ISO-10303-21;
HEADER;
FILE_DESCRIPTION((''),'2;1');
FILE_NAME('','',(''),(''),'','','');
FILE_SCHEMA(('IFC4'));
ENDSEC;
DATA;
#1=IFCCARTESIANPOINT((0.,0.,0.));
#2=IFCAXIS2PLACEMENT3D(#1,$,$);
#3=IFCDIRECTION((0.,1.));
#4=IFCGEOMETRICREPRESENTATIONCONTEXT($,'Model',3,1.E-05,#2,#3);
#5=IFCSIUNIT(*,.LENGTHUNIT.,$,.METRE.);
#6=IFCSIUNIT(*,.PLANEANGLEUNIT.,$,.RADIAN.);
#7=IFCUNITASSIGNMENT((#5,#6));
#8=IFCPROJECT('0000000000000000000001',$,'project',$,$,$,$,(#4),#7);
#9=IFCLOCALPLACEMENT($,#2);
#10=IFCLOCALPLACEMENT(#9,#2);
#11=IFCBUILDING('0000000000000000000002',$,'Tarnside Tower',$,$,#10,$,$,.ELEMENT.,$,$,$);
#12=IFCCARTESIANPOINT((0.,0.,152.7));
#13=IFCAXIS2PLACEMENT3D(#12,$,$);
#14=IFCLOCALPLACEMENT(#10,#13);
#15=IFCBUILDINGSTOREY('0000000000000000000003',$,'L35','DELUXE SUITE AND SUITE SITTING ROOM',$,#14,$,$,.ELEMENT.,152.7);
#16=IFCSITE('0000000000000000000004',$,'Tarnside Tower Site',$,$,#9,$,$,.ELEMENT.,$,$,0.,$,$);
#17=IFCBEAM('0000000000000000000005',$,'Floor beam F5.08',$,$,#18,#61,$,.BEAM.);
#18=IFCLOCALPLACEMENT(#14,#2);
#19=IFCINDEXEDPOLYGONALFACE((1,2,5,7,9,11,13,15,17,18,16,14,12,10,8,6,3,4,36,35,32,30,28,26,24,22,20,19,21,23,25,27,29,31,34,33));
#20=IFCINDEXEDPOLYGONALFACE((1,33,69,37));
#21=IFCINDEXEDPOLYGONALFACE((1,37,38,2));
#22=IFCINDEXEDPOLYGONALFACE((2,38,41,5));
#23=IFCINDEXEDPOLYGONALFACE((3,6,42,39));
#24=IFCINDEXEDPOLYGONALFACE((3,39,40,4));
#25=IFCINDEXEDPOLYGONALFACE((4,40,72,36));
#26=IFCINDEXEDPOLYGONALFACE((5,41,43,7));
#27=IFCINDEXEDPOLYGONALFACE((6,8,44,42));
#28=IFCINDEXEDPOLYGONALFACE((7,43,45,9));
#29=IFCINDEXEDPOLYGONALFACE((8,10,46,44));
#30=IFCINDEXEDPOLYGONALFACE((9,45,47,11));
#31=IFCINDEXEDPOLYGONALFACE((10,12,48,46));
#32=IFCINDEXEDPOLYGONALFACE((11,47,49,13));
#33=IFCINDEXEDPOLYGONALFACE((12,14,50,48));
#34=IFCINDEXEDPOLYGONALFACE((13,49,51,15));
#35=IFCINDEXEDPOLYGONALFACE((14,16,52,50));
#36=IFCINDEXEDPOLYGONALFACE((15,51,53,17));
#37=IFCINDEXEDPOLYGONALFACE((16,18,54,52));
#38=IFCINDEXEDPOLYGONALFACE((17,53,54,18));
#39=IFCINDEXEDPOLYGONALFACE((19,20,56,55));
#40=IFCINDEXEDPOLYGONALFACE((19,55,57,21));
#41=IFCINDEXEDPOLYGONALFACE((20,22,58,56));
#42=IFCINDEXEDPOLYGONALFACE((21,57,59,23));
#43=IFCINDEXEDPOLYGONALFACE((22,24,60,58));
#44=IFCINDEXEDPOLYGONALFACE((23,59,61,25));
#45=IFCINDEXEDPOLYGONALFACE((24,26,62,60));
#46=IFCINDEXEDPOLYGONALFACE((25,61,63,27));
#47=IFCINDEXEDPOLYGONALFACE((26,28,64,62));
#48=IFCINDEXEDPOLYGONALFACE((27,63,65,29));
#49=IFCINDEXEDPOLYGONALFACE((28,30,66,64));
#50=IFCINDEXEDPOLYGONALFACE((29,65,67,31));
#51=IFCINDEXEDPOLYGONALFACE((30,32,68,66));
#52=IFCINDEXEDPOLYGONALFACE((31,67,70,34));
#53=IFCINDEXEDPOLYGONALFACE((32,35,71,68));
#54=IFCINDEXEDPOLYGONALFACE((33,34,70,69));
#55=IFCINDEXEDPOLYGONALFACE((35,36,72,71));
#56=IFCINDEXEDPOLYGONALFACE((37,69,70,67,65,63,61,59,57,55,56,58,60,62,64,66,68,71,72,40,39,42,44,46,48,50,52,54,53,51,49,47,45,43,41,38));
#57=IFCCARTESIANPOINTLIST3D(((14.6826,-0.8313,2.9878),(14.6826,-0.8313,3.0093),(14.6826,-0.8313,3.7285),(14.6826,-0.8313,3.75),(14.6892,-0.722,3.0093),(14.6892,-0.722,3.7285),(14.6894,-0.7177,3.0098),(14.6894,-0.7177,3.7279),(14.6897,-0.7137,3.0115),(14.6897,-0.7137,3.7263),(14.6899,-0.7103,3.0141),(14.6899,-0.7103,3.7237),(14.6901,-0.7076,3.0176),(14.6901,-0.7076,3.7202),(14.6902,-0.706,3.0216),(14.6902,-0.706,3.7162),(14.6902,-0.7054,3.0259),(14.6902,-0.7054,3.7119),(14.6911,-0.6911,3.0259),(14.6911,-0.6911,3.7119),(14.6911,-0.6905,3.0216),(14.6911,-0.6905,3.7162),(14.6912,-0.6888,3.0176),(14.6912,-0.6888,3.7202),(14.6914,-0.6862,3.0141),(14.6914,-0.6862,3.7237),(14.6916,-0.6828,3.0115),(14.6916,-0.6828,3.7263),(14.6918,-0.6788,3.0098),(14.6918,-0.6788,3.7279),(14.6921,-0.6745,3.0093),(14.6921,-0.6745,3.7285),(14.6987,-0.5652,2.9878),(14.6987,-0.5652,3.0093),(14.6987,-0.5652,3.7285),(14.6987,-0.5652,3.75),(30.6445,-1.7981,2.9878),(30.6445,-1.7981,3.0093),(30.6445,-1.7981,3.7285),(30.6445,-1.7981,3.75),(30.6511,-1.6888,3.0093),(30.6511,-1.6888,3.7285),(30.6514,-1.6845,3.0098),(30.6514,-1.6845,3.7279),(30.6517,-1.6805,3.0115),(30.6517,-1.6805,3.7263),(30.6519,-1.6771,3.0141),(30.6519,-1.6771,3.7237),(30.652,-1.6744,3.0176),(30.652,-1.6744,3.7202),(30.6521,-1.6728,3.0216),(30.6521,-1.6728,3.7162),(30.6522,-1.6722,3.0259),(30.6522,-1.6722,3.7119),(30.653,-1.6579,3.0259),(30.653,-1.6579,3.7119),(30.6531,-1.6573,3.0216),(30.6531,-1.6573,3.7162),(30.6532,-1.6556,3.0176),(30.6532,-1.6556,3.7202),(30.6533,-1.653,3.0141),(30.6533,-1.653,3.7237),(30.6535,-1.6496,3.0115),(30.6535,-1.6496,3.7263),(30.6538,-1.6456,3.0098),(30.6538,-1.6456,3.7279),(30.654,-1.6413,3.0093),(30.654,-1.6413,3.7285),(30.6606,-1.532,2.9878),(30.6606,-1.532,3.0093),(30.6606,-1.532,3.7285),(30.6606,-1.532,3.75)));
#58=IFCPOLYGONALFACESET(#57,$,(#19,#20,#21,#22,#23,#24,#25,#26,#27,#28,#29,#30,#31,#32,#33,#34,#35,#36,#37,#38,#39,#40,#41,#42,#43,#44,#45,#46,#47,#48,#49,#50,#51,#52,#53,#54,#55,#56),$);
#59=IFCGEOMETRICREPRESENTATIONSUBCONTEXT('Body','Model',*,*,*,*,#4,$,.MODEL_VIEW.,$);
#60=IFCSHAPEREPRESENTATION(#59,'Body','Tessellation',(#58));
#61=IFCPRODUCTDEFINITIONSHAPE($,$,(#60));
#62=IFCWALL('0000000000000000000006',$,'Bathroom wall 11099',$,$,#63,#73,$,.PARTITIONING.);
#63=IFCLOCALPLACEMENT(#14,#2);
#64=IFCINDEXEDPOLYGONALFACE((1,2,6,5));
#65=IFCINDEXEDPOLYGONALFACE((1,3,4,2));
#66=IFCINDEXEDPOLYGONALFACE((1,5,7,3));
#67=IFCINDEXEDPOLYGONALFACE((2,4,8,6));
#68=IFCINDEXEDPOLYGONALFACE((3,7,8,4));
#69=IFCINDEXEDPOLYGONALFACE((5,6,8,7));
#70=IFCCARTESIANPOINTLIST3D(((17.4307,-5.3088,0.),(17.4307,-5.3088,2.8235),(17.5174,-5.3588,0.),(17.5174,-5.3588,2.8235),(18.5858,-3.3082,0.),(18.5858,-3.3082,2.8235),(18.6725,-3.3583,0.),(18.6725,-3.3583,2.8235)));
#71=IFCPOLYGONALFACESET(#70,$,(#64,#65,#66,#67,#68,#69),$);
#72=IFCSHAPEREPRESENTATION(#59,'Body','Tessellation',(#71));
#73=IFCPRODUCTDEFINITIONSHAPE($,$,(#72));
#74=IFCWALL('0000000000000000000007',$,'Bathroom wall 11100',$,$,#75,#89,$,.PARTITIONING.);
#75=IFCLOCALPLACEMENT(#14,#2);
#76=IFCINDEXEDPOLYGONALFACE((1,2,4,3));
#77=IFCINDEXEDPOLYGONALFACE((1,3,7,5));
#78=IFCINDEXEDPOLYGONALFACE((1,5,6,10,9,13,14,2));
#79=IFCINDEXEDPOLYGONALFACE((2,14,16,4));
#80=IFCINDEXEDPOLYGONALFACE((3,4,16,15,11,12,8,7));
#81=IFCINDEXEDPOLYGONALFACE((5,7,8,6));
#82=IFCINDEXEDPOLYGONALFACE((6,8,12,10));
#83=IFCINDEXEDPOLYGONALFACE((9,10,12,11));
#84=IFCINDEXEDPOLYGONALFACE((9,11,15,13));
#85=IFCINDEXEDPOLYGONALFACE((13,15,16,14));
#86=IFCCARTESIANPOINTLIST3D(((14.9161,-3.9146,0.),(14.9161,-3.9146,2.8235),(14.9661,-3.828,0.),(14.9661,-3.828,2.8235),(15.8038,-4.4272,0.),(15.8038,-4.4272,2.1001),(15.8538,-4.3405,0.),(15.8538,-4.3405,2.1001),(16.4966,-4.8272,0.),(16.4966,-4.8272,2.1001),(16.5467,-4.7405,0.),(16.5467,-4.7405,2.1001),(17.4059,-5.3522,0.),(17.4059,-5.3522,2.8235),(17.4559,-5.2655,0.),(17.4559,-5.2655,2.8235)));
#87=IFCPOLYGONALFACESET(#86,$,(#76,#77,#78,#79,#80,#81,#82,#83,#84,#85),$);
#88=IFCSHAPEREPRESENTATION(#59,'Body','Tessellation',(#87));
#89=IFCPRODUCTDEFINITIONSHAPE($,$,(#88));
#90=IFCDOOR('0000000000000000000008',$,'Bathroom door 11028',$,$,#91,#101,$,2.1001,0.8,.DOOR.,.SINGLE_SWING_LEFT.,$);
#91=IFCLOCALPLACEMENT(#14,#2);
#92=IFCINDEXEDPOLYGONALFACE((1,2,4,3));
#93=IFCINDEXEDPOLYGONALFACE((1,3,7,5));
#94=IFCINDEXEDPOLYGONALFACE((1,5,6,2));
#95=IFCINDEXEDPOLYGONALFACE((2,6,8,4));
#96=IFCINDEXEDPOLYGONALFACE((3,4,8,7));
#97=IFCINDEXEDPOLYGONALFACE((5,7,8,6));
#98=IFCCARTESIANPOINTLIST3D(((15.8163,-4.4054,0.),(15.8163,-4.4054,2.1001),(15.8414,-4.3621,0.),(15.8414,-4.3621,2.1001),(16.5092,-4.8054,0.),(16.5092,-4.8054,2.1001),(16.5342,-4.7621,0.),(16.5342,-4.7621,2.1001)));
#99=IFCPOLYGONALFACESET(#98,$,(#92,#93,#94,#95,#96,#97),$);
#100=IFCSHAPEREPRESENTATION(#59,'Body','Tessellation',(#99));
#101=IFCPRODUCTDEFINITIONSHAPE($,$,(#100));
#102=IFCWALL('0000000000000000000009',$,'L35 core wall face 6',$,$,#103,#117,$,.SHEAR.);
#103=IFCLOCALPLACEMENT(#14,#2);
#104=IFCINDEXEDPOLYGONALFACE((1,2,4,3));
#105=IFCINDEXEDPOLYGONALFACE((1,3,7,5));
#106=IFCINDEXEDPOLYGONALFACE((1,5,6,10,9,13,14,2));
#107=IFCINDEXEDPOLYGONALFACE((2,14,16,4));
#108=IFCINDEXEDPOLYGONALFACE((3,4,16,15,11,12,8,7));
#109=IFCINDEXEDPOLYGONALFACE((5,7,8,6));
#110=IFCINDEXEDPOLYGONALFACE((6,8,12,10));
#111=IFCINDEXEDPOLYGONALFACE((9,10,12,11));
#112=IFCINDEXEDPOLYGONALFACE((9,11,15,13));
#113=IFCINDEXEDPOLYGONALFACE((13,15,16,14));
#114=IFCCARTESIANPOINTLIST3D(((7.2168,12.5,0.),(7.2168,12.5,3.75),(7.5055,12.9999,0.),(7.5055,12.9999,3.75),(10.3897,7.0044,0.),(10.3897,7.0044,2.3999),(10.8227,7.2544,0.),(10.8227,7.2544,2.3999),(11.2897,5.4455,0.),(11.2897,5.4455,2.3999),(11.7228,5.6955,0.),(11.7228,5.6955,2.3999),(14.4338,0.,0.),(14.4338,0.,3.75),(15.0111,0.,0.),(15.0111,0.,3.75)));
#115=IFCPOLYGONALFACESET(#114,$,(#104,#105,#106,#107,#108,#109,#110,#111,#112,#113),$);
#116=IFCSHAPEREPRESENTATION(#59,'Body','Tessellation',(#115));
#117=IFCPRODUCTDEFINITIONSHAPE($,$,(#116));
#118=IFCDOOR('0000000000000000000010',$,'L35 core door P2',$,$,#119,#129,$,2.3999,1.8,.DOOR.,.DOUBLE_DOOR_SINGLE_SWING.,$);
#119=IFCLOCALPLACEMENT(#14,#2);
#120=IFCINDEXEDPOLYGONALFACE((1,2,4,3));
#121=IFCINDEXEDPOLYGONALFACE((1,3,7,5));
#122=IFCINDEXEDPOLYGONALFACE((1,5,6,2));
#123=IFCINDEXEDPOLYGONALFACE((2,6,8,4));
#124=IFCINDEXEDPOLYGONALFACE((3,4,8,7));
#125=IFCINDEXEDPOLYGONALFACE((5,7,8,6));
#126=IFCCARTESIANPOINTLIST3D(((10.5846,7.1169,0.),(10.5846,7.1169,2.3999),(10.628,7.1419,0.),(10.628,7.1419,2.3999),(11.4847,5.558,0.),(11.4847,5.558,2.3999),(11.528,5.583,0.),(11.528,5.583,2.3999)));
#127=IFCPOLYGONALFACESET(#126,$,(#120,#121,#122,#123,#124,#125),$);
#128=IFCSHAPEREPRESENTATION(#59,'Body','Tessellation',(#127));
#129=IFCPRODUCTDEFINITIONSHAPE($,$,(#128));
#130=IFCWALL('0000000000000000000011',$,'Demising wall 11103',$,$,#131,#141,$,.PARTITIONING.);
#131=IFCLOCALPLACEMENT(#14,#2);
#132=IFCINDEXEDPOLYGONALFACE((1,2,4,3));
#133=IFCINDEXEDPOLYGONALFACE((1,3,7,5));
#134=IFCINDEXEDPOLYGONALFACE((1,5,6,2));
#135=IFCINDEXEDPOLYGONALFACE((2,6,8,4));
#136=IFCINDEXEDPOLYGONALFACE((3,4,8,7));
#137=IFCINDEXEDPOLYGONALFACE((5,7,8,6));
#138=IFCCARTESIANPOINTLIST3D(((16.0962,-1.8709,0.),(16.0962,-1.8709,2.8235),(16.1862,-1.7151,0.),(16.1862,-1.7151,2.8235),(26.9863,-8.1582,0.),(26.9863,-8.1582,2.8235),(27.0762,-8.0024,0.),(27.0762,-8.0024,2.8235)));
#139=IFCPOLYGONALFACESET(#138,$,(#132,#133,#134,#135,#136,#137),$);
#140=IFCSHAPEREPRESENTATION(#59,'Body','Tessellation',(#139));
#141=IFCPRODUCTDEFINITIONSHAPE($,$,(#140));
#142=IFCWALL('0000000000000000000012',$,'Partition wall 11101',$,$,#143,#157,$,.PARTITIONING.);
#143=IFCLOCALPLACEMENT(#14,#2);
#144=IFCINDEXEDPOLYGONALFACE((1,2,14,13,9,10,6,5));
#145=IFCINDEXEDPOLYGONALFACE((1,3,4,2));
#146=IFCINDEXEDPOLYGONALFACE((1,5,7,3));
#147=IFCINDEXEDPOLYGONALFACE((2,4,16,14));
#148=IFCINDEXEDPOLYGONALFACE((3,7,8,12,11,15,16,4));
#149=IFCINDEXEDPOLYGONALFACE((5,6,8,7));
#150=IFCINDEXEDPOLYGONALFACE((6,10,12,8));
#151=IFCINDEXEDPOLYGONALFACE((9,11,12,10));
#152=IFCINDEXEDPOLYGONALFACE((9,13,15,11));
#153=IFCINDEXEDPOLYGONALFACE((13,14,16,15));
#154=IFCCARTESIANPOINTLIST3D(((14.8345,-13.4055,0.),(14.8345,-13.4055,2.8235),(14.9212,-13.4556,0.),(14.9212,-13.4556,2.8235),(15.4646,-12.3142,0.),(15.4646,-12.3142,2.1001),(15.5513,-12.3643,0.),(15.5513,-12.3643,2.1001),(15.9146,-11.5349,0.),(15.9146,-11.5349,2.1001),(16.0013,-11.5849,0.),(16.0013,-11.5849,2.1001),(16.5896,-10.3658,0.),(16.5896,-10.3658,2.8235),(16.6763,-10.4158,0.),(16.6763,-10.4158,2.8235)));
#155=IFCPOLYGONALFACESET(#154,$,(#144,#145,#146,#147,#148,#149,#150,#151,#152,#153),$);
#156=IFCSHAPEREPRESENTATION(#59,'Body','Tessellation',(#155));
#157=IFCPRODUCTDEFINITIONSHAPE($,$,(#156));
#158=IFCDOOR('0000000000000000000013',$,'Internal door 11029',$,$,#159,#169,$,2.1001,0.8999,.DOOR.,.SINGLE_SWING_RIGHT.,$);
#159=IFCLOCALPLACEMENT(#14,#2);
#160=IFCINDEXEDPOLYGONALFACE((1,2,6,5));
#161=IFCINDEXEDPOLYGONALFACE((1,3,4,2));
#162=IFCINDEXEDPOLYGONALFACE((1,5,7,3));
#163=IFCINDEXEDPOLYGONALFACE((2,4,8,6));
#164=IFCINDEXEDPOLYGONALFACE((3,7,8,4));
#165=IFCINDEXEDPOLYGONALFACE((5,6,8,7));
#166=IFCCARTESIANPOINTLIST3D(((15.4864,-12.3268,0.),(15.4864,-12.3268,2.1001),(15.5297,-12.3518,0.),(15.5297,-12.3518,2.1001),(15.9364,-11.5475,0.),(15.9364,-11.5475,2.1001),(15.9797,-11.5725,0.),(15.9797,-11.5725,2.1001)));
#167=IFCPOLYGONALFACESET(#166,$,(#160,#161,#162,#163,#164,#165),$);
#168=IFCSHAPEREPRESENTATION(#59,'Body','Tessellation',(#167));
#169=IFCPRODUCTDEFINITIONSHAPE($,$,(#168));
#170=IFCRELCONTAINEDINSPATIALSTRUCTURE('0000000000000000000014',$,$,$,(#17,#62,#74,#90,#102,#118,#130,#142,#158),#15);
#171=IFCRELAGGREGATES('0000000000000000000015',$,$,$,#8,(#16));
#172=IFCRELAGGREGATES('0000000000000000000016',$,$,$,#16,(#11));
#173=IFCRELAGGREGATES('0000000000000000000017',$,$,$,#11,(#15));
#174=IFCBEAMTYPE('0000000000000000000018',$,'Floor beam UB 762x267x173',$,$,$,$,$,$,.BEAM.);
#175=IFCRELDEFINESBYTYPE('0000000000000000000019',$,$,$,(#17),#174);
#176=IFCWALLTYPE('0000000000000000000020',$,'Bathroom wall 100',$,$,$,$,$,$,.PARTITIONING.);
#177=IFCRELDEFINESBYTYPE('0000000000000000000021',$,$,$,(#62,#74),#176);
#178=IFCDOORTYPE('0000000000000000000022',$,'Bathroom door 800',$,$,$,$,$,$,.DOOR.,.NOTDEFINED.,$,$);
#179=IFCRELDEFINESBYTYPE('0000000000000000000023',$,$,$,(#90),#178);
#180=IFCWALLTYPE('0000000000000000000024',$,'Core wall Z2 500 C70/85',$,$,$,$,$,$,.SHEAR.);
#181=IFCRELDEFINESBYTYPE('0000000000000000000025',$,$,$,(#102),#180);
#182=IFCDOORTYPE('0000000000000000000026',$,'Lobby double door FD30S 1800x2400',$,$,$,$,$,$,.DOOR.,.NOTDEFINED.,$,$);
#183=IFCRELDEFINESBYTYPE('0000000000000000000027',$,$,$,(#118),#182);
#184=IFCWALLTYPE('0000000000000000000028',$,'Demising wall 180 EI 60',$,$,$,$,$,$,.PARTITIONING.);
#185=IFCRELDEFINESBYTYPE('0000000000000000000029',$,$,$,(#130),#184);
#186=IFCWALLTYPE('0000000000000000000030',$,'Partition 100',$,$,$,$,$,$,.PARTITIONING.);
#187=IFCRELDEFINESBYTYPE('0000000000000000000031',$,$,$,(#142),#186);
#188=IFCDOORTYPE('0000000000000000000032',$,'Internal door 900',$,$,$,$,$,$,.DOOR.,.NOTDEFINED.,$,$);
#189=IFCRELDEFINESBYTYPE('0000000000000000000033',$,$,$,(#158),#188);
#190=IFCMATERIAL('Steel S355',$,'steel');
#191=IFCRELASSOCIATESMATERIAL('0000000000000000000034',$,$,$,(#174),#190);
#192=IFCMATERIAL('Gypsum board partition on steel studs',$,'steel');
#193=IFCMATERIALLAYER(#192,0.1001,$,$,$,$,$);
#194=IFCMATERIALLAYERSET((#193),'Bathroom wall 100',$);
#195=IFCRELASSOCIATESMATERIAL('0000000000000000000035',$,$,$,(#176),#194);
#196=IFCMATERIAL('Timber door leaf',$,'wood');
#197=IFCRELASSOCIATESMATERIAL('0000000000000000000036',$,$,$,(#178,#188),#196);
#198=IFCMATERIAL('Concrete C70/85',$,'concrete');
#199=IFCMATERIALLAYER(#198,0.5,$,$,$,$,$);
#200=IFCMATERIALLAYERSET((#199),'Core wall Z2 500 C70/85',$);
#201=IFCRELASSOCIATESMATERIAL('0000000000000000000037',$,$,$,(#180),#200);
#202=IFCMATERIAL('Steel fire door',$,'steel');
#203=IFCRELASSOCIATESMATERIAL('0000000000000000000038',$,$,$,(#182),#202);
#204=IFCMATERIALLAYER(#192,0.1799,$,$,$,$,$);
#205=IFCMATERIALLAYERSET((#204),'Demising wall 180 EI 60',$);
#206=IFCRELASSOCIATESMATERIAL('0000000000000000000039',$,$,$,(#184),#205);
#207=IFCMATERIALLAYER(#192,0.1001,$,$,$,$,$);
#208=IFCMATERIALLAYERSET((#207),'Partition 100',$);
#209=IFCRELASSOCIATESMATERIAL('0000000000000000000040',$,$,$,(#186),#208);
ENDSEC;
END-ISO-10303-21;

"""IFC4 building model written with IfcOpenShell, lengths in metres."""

from ifc_helpers import new_model, si_unit, direction, frame, frame_2d, origin, origin_2d, place, context, subcontext, project, spatial, polyline, rectangle, i_section, outline, extrude, material, layer, layer_set, material_profile, profile_set, type_object, element, fill, save


model = new_model("IFC4")

# Units and contexts
model_context = context("Model", 3, precision=1e-05, world=origin(), true_north=direction((0.0, 1.0)))
body_context = subcontext(model_context, "Body", "Model", "MODEL_VIEW")
ifc_project = project(units=[si_unit("LENGTHUNIT", "METRE"), si_unit("PLANEANGLEUNIT", "RADIAN")], contexts=[model_context])

# Site, building, storey
site_placement = place(None, origin())
site = spatial("IfcSite", under=ifc_project, at=site_placement, Name="Tarnside Tower Site", CompositionType="ELEMENT", RefElevation=0.0)
building_placement = place(site_placement, origin())
building = spatial("IfcBuilding", under=site, at=building_placement, Name="Tarnside Tower", CompositionType="ELEMENT")
storey_placement = place(building_placement, frame((0.0, 0.0, 152.7)))
storey = spatial("IfcBuildingStorey", under=building, at=storey_placement, Name="L35", Description="DELUXE SUITE AND SUITE SITTING ROOM", CompositionType="ELEMENT", Elevation=152.7)

# Beam
ifc_material_1 = material(Name="Steel S355", Category="steel")
ifc_material_profile_1 = material_profile(ifc_material_1, i_section(OverallWidth=0.2666, OverallDepth=0.7622, WebThickness=0.0144, FlangeThickness=0.0215, FilletRadius=0.0166, at=origin_2d()), Name="UB 762x267x173")
ifc_profile_set_1 = profile_set([ifc_material_profile_1], Name="Steel S355")
beam_type_1 = type_object("IfcBeamType", Name="Floor beam UB 762x267x173", PredefinedType="BEAM", material=ifc_profile_set_1)
beam_1_placement = place(storey_placement, frame((30.6526, -1.665, 3.3689), z_axis=(-0.998171, 0.060458, 0.0), x_axis=(-0.060458, -0.998171, 0.0)))
element("IfcBeam", 1, at=beam_1_placement, inside=storey, type_object=beam_type_1, Name="Floor beam F5.08", PredefinedType="BEAM", context=body_context, shape_type="SweptSolid", body=[
    extrude(i_section(OverallWidth=0.2666, OverallDepth=0.7622, WebThickness=0.0144, FlangeThickness=0.0215, FilletRadius=0.0166, at=origin_2d()), origin(), (0.0, 0.0, 1.0), 15.9912),
])

# Wall
ifc_material_2 = material(Name="Gypsum board partition on steel studs", Category="steel")
ifc_layer_1 = layer(ifc_material_2, 0.1001)
ifc_layer_set_1 = layer_set([ifc_layer_1], Name="Bathroom wall 100")
wall_type_1 = type_object("IfcWallType", Name="Bathroom wall 100", PredefinedType="PARTITIONING", material=ifc_layer_set_1)
wall_1_placement = place(storey_placement, frame((18.6292, -3.3333, 0.0), z_axis=(0.0, 0.0, 1.0), x_axis=(-0.500015, -0.866017, 0.0)))
element("IfcWall", 2, at=wall_1_placement, inside=storey, type_object=wall_type_1, Name="Bathroom wall 11099", PredefinedType="PARTITIONING", context=body_context, shape_type="SweptSolid", body=[
    extrude(rectangle(XDim=2.3101, YDim=0.1001, at=frame_2d((1.155, 0.0))), origin(), (0.0, 0.0, 1.0), 2.8235),
])

# Walls, openings, doors
wall_2_placement = place(storey_placement, frame((17.4309, -5.3088, 0.0), z_axis=(0.0, 0.0, 1.0), x_axis=(-0.866019, 0.500012, 0.0)))
wall_2 = element("IfcWall", 3, at=wall_2_placement, inside=storey, type_object=wall_type_1, Name="Bathroom wall 11100", PredefinedType="PARTITIONING", context=body_context, shape_type="SweptSolid", body=[
    extrude(rectangle(XDim=2.875, YDim=0.1001, at=frame_2d((1.4375, 0.0))), origin(), (0.0, 0.0, 1.0), 2.8235),
])
opening_1_placement = place(wall_2_placement, frame((1.05, 0.0, 0.0)))
opening_1 = element("IfcOpeningElement", 4, at=opening_1_placement, cuts=wall_2, PredefinedType="OPENING", context=body_context, shape_type="SweptSolid", body=[
    extrude(rectangle(XDim=0.8, YDim=2.1001, at=frame_2d((0.3999, 1.05))), frame((0.0, 0.0601, 0.0), z_axis=(0.0, -1.0, 0.0), x_axis=(1.0, 0.0, 0.0)), (0.0, 0.0, 1.0), 0.1201),
])
ifc_material_3 = material(Name="Timber door leaf", Category="wood")
door_type_1 = type_object("IfcDoorType", Name="Bathroom door 800", OperationType="NOTDEFINED", PredefinedType="DOOR", material=ifc_material_3)
door_1_placement = place(opening_1_placement, origin())
door_1 = element("IfcDoor", 5, at=door_1_placement, inside=storey, type_object=door_type_1, Name="Bathroom door 11028", OperationType="SINGLE_SWING_LEFT", OverallHeight=2.1001, OverallWidth=0.8, PredefinedType="DOOR", context=body_context, shape_type="SweptSolid", body=[
    extrude(rectangle(XDim=0.8, YDim=2.1001, at=frame_2d((0.3999, 1.05))), frame((0.0, 0.0249, 0.0), z_axis=(0.0, -1.0, 0.0), x_axis=(1.0, 0.0, 0.0)), (0.0, 0.0, 1.0), 0.05),
])
fill(opening_1, door_1)
ifc_material_4 = material(Name="Concrete C70/85", Category="concrete")
ifc_layer_2 = layer(ifc_material_4, 0.5)
ifc_layer_set_2 = layer_set([ifc_layer_2], Name="Core wall Z2 500 C70/85")
wall_type_2 = type_object("IfcWallType", Name="Core wall Z2 500 C70/85", PredefinedType="SHEAR", material=ifc_layer_set_2)
wall_3_placement = place(storey_placement, frame((14.7224, 0.0, 0.0), z_axis=(0.0, 0.0, 1.0), x_axis=(-0.500006, 0.866022, 0.0)))
wall_3 = element("IfcWall", 6, at=wall_3_placement, inside=storey, type_object=wall_type_2, Name="L35 core wall face 6", PredefinedType="SHEAR", context=body_context, shape_type="SweptSolid", body=[
    extrude(outline(polyline([(-0.1443, -0.25), (14.8667, -0.25), (14.5781, 0.25), (0.1443, 0.25), (-0.1443, -0.25)])), origin(), (0.0, 0.0, 1.0), 3.75),
])
opening_2_placement = place(wall_3_placement, frame((6.4324, 0.0, 0.0)))
opening_2 = element("IfcOpeningElement", 7, at=opening_2_placement, cuts=wall_3, PredefinedType="OPENING", context=body_context, shape_type="SweptSolid", body=[
    extrude(rectangle(XDim=1.8, YDim=2.3999, at=frame_2d((0.8999, 1.2))), frame((0.0, 0.26, 0.0), z_axis=(0.0, -1.0, 0.0), x_axis=(1.0, 0.0, 0.0)), (0.0, 0.0, 1.0), 0.52),
])
ifc_material_5 = material(Name="Steel fire door", Category="steel")
door_type_2 = type_object("IfcDoorType", Name="Lobby double door FD30S 1800x2400", OperationType="NOTDEFINED", PredefinedType="DOOR", material=ifc_material_5)
door_2_placement = place(opening_2_placement, origin())
door_2 = element("IfcDoor", 8, at=door_2_placement, inside=storey, type_object=door_type_2, Name="L35 core door P2", OperationType="DOUBLE_DOOR_SINGLE_SWING", OverallHeight=2.3999, OverallWidth=1.8, PredefinedType="DOOR", context=body_context, shape_type="SweptSolid", body=[
    extrude(rectangle(XDim=1.8, YDim=2.3999, at=frame_2d((0.8999, 1.2))), frame((0.0, 0.0249, 0.0), z_axis=(0.0, -1.0, 0.0), x_axis=(1.0, 0.0, 0.0)), (0.0, 0.0, 1.0), 0.05),
])
fill(opening_2, door_2)

# Wall
ifc_layer_3 = layer(ifc_material_2, 0.1799)
ifc_layer_set_3 = layer_set([ifc_layer_3], Name="Demising wall 180 EI 60")
wall_type_3 = type_object("IfcWallType", Name="Demising wall 180 EI 60", PredefinedType="PARTITIONING", material=ifc_layer_set_3)
wall_4_placement = place(storey_placement, frame((27.0312, -8.0803, 0.0), z_axis=(0.0, 0.0, 1.0), x_axis=(-0.866028, 0.499996, 0.0)))
element("IfcWall", 9, at=wall_4_placement, inside=storey, type_object=wall_type_3, Name="Demising wall 11103", PredefinedType="PARTITIONING", context=body_context, shape_type="SweptSolid", body=[
    extrude(rectangle(XDim=12.5747, YDim=0.1799, at=frame_2d((6.2874, 0.0))), origin(), (0.0, 0.0, 1.0), 2.8235),
])

# Wall, opening, door
ifc_layer_4 = layer(ifc_material_2, 0.1001)
ifc_layer_set_4 = layer_set([ifc_layer_4], Name="Partition 100")
wall_type_4 = type_object("IfcWallType", Name="Partition 100", PredefinedType="PARTITIONING", material=ifc_layer_set_4)
wall_5_placement = place(storey_placement, frame((14.8779, -13.4304, 0.0), z_axis=(0.0, 0.0, 1.0), x_axis=(0.500021, 0.866013, 0.0)))
wall_5 = element("IfcWall", 10, at=wall_5_placement, inside=storey, type_object=wall_type_4, Name="Partition wall 11101", PredefinedType="PARTITIONING", context=body_context, shape_type="SweptSolid", body=[
    extrude(rectangle(XDim=3.51, YDim=0.1001, at=frame_2d((1.7549, 0.0))), origin(), (0.0, 0.0, 1.0), 2.8235),
])
opening_3_placement = place(wall_5_placement, frame((1.26, 0.0, 0.0)))
opening_3 = element("IfcOpeningElement", 11, at=opening_3_placement, cuts=wall_5, PredefinedType="OPENING", context=body_context, shape_type="SweptSolid", body=[
    extrude(rectangle(XDim=0.8999, YDim=2.1001, at=frame_2d((0.45, 1.05))), frame((0.0, 0.0601, 0.0), z_axis=(0.0, -1.0, 0.0), x_axis=(1.0, 0.0, 0.0)), (0.0, 0.0, 1.0), 0.1201),
])
door_type_3 = type_object("IfcDoorType", Name="Internal door 900", OperationType="NOTDEFINED", PredefinedType="DOOR", material=ifc_material_3)
door_3_placement = place(opening_3_placement, origin())
door_3 = element("IfcDoor", 12, at=door_3_placement, inside=storey, type_object=door_type_3, Name="Internal door 11029", OperationType="SINGLE_SWING_RIGHT", OverallHeight=2.1001, OverallWidth=0.8999, PredefinedType="DOOR", context=body_context, shape_type="SweptSolid", body=[
    extrude(rectangle(XDim=0.8999, YDim=2.1001, at=frame_2d((0.45, 1.05))), frame((0.0, 0.0249, 0.0), z_axis=(0.0, -1.0, 0.0), x_axis=(1.0, 0.0, 0.0)), (0.0, 0.0, 1.0), 0.05),
])
fill(opening_3, door_3)

save(model, "model.ifc")
